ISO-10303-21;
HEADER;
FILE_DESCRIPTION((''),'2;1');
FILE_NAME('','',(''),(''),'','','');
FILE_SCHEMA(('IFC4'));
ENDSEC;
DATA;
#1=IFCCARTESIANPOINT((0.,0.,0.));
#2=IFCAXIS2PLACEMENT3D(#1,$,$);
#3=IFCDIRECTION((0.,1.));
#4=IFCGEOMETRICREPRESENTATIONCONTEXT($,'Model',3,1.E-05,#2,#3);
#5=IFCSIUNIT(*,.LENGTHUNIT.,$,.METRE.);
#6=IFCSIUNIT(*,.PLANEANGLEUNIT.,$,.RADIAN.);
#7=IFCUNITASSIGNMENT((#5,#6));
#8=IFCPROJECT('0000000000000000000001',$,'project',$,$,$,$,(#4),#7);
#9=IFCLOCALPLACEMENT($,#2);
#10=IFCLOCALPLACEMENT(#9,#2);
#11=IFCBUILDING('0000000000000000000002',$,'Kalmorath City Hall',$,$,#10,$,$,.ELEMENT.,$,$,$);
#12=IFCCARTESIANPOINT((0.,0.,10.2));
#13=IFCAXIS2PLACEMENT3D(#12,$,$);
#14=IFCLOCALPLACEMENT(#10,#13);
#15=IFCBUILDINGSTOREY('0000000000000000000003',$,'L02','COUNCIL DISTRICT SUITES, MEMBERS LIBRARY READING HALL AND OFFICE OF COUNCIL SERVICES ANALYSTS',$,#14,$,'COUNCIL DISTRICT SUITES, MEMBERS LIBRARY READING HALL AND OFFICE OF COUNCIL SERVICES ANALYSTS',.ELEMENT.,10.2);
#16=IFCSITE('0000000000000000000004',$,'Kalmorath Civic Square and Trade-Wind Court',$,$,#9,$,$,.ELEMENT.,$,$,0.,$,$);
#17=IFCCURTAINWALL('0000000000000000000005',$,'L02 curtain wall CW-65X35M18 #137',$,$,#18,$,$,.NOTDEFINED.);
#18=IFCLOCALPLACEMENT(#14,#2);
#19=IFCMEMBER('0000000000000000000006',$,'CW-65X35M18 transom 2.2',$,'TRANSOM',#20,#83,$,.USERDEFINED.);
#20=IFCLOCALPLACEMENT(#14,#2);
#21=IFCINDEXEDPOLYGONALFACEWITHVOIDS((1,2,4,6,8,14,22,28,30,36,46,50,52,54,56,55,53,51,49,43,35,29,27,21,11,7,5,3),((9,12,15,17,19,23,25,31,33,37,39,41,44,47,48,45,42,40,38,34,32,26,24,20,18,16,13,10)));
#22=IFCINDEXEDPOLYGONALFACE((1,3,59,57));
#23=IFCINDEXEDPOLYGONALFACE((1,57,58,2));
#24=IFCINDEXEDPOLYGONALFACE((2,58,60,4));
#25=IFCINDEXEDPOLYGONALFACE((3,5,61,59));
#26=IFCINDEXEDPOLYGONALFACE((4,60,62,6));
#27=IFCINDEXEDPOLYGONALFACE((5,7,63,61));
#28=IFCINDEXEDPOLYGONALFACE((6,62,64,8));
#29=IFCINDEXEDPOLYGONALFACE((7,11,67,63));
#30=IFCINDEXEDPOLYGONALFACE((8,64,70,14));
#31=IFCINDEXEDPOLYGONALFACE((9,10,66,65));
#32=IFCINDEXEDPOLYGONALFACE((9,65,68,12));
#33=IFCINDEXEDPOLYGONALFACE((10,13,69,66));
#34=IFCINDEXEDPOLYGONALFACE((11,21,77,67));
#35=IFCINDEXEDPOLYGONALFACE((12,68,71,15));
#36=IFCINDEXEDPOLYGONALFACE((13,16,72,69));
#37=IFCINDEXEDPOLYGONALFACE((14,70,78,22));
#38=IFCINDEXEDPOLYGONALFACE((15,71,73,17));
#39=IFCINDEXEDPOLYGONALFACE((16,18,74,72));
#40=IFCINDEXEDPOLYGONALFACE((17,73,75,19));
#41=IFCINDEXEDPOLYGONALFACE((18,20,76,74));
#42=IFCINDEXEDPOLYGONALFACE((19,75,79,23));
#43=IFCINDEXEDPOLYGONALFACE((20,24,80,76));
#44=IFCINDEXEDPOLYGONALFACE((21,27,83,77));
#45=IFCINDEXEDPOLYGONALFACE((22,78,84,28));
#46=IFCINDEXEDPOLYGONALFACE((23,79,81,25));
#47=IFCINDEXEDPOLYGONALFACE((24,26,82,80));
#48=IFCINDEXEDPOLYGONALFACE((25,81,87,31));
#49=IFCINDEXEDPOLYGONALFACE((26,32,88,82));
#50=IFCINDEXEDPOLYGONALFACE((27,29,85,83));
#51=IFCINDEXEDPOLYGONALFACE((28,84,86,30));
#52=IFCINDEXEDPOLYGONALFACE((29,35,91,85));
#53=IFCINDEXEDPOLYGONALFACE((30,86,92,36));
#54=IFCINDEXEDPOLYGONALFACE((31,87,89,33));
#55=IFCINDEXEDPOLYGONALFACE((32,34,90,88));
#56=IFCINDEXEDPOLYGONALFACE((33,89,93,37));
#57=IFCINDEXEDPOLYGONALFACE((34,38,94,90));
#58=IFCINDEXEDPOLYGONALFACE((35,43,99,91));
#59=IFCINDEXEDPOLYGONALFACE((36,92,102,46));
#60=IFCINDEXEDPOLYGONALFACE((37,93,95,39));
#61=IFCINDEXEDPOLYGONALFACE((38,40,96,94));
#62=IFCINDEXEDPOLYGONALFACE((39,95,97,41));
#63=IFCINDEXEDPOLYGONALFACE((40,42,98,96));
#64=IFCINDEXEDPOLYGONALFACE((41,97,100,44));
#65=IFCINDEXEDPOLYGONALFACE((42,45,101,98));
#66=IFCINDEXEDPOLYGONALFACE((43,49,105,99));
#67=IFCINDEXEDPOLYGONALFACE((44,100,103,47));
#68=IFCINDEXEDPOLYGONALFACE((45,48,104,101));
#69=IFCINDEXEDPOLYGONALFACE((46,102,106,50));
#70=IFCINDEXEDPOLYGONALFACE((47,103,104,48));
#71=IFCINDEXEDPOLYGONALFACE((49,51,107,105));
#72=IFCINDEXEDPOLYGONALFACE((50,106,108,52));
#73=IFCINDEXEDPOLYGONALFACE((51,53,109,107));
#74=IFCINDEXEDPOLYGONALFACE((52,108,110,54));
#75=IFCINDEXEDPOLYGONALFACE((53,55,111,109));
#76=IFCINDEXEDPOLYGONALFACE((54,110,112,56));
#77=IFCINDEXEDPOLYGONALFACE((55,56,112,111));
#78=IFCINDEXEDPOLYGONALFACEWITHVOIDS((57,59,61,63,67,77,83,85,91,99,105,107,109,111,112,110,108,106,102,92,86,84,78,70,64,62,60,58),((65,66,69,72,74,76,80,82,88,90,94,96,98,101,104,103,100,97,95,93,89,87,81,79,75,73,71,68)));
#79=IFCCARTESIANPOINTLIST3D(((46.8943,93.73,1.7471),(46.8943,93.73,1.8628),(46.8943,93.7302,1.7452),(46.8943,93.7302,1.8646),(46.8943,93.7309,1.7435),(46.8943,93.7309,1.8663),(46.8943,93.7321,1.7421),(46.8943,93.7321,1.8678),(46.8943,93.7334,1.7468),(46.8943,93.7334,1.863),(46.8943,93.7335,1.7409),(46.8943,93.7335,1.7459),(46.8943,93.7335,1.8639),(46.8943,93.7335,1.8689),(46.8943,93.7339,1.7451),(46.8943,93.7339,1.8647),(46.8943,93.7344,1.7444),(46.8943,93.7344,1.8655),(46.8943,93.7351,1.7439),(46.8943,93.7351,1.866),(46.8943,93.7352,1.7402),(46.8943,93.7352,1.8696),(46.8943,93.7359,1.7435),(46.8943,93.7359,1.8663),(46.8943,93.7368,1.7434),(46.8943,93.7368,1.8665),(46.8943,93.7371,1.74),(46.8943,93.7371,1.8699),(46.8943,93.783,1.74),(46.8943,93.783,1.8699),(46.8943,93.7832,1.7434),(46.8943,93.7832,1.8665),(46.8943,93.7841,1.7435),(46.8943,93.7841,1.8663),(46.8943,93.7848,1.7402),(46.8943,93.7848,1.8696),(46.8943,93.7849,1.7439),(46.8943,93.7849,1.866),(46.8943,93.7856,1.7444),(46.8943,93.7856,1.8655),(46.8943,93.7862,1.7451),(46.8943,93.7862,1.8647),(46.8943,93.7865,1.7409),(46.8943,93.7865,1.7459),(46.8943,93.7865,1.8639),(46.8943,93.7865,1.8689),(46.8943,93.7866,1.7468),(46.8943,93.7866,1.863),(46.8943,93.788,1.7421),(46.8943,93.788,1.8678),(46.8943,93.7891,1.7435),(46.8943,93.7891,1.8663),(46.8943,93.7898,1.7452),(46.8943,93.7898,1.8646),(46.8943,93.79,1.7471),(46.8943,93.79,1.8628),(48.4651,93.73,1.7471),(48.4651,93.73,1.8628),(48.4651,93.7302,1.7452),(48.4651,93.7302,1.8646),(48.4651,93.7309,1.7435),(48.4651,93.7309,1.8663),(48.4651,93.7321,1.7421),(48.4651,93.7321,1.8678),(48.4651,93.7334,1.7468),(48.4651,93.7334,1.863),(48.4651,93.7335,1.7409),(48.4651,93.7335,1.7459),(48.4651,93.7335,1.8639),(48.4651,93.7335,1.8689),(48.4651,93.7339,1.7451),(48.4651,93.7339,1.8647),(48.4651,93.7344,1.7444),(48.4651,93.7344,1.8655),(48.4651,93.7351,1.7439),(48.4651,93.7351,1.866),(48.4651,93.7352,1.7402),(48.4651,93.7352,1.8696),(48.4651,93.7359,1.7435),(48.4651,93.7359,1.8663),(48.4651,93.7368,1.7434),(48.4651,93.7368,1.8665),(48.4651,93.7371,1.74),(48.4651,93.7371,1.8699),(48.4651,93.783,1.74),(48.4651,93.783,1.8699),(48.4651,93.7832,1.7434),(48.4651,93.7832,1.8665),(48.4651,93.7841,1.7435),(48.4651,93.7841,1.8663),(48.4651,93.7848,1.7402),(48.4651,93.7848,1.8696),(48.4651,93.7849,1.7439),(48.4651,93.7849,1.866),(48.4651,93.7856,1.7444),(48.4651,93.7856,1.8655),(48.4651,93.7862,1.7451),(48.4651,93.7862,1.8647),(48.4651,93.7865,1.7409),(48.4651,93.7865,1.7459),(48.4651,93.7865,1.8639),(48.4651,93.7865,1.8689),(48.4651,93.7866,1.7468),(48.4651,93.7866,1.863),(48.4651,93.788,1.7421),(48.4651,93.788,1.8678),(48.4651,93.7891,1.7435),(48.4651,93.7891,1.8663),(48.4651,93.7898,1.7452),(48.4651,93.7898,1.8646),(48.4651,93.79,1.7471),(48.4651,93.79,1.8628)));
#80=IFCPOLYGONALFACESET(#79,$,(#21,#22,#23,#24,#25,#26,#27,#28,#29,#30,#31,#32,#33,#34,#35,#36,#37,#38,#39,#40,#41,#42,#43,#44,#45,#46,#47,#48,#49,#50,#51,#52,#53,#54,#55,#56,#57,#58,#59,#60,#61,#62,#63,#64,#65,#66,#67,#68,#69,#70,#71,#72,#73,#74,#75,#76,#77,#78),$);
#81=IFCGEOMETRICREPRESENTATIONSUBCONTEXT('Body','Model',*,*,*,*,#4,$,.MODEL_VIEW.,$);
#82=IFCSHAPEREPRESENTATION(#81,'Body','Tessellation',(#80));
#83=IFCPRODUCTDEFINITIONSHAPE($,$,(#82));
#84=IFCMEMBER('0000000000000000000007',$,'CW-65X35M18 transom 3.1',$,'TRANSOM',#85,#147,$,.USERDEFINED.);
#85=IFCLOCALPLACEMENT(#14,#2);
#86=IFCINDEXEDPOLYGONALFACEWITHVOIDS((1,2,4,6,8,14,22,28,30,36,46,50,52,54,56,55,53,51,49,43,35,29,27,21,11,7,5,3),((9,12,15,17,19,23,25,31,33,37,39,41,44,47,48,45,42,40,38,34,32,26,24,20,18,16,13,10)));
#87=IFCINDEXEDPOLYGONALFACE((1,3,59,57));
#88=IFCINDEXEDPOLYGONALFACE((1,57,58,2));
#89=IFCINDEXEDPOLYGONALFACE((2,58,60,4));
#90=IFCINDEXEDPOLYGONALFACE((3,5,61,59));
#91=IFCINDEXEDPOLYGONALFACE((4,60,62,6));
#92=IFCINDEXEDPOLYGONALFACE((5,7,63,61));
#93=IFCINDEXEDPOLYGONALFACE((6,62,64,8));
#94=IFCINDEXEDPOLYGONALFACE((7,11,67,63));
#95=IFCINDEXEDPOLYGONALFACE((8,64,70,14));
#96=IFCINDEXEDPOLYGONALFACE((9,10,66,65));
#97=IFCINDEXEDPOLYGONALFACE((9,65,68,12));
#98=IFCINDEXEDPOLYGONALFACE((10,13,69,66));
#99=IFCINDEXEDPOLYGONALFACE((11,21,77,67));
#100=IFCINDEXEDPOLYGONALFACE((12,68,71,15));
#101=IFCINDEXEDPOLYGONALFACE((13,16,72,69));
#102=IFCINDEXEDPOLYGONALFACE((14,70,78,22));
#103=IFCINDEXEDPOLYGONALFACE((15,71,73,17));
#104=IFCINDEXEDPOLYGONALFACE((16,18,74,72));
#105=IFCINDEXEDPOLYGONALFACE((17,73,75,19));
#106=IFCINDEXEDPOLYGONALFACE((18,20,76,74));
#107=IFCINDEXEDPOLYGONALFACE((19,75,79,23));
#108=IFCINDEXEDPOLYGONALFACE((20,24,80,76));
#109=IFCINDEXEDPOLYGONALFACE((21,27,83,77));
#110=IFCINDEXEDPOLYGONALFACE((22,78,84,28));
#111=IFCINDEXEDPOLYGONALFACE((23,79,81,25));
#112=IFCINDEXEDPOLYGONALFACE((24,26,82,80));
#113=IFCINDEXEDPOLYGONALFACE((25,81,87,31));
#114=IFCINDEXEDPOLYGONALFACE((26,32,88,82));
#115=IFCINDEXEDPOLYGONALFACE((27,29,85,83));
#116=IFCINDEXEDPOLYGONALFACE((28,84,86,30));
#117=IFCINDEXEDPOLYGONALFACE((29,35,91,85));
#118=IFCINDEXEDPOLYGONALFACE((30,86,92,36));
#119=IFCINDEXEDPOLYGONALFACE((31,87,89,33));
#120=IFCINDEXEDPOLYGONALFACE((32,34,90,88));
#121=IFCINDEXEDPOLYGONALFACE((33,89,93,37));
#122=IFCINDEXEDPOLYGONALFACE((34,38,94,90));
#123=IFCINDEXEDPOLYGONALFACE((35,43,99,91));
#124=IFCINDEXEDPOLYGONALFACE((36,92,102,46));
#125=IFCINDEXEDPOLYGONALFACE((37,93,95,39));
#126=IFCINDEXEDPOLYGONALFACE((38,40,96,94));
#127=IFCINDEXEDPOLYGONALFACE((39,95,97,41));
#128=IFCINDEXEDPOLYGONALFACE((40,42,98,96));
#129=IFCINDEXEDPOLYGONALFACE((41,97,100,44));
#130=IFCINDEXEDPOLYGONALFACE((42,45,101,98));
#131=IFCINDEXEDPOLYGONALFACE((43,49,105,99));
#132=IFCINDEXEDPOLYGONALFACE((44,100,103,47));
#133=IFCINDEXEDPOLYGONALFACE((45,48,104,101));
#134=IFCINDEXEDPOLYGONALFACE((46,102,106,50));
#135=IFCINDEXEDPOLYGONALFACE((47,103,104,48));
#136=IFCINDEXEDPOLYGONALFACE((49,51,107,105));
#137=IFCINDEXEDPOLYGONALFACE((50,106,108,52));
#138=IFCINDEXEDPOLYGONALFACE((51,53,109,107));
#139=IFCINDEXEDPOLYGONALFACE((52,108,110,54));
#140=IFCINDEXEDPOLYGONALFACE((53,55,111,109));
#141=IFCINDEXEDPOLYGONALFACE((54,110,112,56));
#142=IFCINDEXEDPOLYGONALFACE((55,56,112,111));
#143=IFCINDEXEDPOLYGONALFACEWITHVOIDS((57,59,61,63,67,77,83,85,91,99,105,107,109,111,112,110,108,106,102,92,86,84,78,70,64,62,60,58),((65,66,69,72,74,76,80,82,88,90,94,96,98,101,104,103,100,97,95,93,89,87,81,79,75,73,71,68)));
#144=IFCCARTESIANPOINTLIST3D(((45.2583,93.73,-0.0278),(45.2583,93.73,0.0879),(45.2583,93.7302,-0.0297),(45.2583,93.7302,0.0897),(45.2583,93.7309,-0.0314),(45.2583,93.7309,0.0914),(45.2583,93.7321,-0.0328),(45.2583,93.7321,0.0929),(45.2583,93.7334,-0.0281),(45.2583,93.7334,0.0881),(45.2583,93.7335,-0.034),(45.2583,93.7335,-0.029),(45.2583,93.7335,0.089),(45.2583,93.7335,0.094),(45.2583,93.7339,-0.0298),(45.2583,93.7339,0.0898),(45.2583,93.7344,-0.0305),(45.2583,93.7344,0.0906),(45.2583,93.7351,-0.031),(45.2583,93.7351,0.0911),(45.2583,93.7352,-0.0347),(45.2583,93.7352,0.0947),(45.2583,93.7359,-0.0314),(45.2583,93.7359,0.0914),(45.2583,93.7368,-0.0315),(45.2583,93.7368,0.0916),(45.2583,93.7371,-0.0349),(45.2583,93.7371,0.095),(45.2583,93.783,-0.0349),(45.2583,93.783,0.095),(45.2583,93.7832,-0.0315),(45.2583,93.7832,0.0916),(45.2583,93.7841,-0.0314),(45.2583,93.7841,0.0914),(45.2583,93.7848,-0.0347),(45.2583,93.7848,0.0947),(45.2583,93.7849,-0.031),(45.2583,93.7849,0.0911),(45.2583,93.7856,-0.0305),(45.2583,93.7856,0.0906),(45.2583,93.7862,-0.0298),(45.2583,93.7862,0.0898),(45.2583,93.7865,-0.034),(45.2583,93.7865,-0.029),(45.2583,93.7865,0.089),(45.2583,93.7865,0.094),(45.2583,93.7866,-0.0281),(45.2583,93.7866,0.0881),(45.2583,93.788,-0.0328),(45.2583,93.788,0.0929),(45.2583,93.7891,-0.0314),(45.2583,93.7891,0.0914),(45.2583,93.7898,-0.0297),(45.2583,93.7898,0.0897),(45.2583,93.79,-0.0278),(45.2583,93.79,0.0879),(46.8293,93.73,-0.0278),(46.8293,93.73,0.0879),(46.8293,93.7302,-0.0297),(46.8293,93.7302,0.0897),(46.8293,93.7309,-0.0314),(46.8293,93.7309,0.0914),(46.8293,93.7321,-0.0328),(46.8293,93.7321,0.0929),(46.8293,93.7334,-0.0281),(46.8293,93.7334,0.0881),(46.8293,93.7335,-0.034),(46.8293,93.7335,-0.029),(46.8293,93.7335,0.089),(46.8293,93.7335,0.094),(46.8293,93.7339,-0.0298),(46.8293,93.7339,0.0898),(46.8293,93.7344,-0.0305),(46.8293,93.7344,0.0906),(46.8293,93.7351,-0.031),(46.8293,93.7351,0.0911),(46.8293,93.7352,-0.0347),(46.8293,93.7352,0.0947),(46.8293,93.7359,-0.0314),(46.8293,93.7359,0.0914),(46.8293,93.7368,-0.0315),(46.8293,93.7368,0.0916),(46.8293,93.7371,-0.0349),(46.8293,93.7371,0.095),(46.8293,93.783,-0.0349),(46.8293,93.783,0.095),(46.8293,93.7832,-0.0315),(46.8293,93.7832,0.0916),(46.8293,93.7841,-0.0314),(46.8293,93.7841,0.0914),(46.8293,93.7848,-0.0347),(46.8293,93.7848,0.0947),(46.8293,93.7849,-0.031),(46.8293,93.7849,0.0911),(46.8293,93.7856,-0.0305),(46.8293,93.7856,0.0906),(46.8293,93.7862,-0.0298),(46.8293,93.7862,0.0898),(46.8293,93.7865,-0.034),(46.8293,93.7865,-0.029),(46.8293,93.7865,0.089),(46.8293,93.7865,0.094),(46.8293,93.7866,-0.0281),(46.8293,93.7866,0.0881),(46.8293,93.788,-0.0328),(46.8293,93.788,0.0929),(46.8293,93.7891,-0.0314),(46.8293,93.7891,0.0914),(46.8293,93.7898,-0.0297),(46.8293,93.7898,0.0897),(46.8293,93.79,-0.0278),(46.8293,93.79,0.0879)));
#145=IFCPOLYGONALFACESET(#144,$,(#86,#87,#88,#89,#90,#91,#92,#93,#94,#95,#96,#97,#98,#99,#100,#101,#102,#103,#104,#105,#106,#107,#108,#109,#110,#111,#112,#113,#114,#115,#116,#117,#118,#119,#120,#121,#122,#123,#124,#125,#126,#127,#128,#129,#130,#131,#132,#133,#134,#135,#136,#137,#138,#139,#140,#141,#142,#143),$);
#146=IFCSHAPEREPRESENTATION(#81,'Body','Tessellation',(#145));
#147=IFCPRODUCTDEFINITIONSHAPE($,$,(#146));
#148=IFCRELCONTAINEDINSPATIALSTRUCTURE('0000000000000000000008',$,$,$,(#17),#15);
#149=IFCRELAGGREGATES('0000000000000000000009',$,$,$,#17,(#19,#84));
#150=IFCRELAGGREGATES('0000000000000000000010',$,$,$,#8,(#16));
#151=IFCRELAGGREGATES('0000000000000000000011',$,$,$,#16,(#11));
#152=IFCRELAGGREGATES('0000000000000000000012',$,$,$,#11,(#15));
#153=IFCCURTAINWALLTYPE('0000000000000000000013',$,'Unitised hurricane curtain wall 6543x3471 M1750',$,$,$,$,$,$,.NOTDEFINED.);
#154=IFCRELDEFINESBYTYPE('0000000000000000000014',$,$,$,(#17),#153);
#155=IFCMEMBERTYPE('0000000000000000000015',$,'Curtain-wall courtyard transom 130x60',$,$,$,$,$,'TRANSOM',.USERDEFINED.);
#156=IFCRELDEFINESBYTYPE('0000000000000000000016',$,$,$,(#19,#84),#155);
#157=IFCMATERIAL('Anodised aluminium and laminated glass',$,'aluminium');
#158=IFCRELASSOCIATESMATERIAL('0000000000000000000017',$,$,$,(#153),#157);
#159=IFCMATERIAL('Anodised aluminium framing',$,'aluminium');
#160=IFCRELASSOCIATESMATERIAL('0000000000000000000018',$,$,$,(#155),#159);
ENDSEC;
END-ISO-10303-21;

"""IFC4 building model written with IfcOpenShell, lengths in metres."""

from ifc_helpers import new_model, si_unit, direction, frame, origin, origin_2d, place, context, subcontext, project, spatial, hollow_rectangle, extrude, material, material_profile, profile_set, type_object, element, aggregate, save


model = new_model("IFC4")

# Units and contexts
model_context = context("Model", 3, precision=1e-05, world=origin(), true_north=direction((0.0, 1.0)))
body_context = subcontext(model_context, "Body", "Model", "MODEL_VIEW")
ifc_project = project(units=[si_unit("LENGTHUNIT", "METRE"), si_unit("PLANEANGLEUNIT", "RADIAN")], contexts=[model_context])

# Site, building, storey
site_placement = place(None, origin())
site = spatial("IfcSite", under=ifc_project, at=site_placement, Name="Kalmorath Civic Square and Trade-Wind Court", CompositionType="ELEMENT", RefElevation=0.0)
building_placement = place(site_placement, origin())
building = spatial("IfcBuilding", under=site, at=building_placement, Name="Kalmorath City Hall", CompositionType="ELEMENT")
storey_placement = place(building_placement, frame((0.0, 0.0, 10.2)))
storey = spatial("IfcBuildingStorey", under=building, at=storey_placement, Name="L02", Description="COUNCIL DISTRICT SUITES, MEMBERS LIBRARY READING HALL AND OFFICE OF COUNCIL SERVICES ANALYSTS", LongName="COUNCIL DISTRICT SUITES, MEMBERS LIBRARY READING HALL AND OFFICE OF COUNCIL SERVICES ANALYSTS", CompositionType="ELEMENT", Elevation=10.2)

# Curtain wall
ifc_material_1 = material(Name="Anodised aluminium and laminated glass", Category="aluminium")
curtain_wall_type_1 = type_object("IfcCurtainWallType", Name="Unitised hurricane curtain wall 6543x3471 M1750", PredefinedType="NOTDEFINED", material=ifc_material_1)
curtain_wall_1_placement = place(storey_placement, origin())
curtain_wall_1 = element("IfcCurtainWall", 1, at=curtain_wall_1_placement, inside=storey, type_object=curtain_wall_type_1, Name="L02 curtain wall CW-65X35M18 #137", PredefinedType="NOTDEFINED")

# Members
ifc_material_2 = material(Name="Anodised aluminium framing", Category="aluminium")
ifc_material_profile_1 = material_profile(ifc_material_2, hollow_rectangle(XDim=0.0601, YDim=0.1299, WallThickness=0.0034, InnerFilletRadius=0.0034, OuterFilletRadius=0.0071, at=origin_2d()), Name="ALU-TRN-130X60X3.5")
ifc_profile_set_1 = profile_set([ifc_material_profile_1], Name="Anodised aluminium framing")
member_type_1 = type_object("IfcMemberType", Name="Curtain-wall courtyard transom 130x60", ElementType="TRANSOM", PredefinedType="USERDEFINED", material=ifc_profile_set_1)
member_1_placement = place(storey_placement, frame((48.4651, 93.76, 1.8049), z_axis=(-1.0, 0.0, 0.0), x_axis=(0.0, -1.0, 0.0)))
member_1 = element("IfcMember", 2, at=member_1_placement, type_object=member_type_1, Name="CW-65X35M18 transom 2.2", ObjectType="TRANSOM", PredefinedType="USERDEFINED", context=body_context, shape_type="SweptSolid", body=[
    extrude(hollow_rectangle(XDim=0.0601, YDim=0.1299, WallThickness=0.0034, InnerFilletRadius=0.0034, OuterFilletRadius=0.0071, at=origin_2d()), origin(), (0.0, 0.0, 1.0), 1.5708),
])
member_2_placement = place(storey_placement, frame((46.8293, 93.76, 0.03), z_axis=(-1.0, 0.0, 0.0), x_axis=(0.0, -1.0, 0.0)))
member_2 = element("IfcMember", 3, at=member_2_placement, type_object=member_type_1, Name="CW-65X35M18 transom 3.1", ObjectType="TRANSOM", PredefinedType="USERDEFINED", context=body_context, shape_type="SweptSolid", body=[
    extrude(hollow_rectangle(XDim=0.0601, YDim=0.1299, WallThickness=0.0034, InnerFilletRadius=0.0034, OuterFilletRadius=0.0071, at=origin_2d()), origin(), (0.0, 0.0, 1.0), 1.571),
])

aggregate(curtain_wall_1, [member_1, member_2])

save(model, "model.ifc")
